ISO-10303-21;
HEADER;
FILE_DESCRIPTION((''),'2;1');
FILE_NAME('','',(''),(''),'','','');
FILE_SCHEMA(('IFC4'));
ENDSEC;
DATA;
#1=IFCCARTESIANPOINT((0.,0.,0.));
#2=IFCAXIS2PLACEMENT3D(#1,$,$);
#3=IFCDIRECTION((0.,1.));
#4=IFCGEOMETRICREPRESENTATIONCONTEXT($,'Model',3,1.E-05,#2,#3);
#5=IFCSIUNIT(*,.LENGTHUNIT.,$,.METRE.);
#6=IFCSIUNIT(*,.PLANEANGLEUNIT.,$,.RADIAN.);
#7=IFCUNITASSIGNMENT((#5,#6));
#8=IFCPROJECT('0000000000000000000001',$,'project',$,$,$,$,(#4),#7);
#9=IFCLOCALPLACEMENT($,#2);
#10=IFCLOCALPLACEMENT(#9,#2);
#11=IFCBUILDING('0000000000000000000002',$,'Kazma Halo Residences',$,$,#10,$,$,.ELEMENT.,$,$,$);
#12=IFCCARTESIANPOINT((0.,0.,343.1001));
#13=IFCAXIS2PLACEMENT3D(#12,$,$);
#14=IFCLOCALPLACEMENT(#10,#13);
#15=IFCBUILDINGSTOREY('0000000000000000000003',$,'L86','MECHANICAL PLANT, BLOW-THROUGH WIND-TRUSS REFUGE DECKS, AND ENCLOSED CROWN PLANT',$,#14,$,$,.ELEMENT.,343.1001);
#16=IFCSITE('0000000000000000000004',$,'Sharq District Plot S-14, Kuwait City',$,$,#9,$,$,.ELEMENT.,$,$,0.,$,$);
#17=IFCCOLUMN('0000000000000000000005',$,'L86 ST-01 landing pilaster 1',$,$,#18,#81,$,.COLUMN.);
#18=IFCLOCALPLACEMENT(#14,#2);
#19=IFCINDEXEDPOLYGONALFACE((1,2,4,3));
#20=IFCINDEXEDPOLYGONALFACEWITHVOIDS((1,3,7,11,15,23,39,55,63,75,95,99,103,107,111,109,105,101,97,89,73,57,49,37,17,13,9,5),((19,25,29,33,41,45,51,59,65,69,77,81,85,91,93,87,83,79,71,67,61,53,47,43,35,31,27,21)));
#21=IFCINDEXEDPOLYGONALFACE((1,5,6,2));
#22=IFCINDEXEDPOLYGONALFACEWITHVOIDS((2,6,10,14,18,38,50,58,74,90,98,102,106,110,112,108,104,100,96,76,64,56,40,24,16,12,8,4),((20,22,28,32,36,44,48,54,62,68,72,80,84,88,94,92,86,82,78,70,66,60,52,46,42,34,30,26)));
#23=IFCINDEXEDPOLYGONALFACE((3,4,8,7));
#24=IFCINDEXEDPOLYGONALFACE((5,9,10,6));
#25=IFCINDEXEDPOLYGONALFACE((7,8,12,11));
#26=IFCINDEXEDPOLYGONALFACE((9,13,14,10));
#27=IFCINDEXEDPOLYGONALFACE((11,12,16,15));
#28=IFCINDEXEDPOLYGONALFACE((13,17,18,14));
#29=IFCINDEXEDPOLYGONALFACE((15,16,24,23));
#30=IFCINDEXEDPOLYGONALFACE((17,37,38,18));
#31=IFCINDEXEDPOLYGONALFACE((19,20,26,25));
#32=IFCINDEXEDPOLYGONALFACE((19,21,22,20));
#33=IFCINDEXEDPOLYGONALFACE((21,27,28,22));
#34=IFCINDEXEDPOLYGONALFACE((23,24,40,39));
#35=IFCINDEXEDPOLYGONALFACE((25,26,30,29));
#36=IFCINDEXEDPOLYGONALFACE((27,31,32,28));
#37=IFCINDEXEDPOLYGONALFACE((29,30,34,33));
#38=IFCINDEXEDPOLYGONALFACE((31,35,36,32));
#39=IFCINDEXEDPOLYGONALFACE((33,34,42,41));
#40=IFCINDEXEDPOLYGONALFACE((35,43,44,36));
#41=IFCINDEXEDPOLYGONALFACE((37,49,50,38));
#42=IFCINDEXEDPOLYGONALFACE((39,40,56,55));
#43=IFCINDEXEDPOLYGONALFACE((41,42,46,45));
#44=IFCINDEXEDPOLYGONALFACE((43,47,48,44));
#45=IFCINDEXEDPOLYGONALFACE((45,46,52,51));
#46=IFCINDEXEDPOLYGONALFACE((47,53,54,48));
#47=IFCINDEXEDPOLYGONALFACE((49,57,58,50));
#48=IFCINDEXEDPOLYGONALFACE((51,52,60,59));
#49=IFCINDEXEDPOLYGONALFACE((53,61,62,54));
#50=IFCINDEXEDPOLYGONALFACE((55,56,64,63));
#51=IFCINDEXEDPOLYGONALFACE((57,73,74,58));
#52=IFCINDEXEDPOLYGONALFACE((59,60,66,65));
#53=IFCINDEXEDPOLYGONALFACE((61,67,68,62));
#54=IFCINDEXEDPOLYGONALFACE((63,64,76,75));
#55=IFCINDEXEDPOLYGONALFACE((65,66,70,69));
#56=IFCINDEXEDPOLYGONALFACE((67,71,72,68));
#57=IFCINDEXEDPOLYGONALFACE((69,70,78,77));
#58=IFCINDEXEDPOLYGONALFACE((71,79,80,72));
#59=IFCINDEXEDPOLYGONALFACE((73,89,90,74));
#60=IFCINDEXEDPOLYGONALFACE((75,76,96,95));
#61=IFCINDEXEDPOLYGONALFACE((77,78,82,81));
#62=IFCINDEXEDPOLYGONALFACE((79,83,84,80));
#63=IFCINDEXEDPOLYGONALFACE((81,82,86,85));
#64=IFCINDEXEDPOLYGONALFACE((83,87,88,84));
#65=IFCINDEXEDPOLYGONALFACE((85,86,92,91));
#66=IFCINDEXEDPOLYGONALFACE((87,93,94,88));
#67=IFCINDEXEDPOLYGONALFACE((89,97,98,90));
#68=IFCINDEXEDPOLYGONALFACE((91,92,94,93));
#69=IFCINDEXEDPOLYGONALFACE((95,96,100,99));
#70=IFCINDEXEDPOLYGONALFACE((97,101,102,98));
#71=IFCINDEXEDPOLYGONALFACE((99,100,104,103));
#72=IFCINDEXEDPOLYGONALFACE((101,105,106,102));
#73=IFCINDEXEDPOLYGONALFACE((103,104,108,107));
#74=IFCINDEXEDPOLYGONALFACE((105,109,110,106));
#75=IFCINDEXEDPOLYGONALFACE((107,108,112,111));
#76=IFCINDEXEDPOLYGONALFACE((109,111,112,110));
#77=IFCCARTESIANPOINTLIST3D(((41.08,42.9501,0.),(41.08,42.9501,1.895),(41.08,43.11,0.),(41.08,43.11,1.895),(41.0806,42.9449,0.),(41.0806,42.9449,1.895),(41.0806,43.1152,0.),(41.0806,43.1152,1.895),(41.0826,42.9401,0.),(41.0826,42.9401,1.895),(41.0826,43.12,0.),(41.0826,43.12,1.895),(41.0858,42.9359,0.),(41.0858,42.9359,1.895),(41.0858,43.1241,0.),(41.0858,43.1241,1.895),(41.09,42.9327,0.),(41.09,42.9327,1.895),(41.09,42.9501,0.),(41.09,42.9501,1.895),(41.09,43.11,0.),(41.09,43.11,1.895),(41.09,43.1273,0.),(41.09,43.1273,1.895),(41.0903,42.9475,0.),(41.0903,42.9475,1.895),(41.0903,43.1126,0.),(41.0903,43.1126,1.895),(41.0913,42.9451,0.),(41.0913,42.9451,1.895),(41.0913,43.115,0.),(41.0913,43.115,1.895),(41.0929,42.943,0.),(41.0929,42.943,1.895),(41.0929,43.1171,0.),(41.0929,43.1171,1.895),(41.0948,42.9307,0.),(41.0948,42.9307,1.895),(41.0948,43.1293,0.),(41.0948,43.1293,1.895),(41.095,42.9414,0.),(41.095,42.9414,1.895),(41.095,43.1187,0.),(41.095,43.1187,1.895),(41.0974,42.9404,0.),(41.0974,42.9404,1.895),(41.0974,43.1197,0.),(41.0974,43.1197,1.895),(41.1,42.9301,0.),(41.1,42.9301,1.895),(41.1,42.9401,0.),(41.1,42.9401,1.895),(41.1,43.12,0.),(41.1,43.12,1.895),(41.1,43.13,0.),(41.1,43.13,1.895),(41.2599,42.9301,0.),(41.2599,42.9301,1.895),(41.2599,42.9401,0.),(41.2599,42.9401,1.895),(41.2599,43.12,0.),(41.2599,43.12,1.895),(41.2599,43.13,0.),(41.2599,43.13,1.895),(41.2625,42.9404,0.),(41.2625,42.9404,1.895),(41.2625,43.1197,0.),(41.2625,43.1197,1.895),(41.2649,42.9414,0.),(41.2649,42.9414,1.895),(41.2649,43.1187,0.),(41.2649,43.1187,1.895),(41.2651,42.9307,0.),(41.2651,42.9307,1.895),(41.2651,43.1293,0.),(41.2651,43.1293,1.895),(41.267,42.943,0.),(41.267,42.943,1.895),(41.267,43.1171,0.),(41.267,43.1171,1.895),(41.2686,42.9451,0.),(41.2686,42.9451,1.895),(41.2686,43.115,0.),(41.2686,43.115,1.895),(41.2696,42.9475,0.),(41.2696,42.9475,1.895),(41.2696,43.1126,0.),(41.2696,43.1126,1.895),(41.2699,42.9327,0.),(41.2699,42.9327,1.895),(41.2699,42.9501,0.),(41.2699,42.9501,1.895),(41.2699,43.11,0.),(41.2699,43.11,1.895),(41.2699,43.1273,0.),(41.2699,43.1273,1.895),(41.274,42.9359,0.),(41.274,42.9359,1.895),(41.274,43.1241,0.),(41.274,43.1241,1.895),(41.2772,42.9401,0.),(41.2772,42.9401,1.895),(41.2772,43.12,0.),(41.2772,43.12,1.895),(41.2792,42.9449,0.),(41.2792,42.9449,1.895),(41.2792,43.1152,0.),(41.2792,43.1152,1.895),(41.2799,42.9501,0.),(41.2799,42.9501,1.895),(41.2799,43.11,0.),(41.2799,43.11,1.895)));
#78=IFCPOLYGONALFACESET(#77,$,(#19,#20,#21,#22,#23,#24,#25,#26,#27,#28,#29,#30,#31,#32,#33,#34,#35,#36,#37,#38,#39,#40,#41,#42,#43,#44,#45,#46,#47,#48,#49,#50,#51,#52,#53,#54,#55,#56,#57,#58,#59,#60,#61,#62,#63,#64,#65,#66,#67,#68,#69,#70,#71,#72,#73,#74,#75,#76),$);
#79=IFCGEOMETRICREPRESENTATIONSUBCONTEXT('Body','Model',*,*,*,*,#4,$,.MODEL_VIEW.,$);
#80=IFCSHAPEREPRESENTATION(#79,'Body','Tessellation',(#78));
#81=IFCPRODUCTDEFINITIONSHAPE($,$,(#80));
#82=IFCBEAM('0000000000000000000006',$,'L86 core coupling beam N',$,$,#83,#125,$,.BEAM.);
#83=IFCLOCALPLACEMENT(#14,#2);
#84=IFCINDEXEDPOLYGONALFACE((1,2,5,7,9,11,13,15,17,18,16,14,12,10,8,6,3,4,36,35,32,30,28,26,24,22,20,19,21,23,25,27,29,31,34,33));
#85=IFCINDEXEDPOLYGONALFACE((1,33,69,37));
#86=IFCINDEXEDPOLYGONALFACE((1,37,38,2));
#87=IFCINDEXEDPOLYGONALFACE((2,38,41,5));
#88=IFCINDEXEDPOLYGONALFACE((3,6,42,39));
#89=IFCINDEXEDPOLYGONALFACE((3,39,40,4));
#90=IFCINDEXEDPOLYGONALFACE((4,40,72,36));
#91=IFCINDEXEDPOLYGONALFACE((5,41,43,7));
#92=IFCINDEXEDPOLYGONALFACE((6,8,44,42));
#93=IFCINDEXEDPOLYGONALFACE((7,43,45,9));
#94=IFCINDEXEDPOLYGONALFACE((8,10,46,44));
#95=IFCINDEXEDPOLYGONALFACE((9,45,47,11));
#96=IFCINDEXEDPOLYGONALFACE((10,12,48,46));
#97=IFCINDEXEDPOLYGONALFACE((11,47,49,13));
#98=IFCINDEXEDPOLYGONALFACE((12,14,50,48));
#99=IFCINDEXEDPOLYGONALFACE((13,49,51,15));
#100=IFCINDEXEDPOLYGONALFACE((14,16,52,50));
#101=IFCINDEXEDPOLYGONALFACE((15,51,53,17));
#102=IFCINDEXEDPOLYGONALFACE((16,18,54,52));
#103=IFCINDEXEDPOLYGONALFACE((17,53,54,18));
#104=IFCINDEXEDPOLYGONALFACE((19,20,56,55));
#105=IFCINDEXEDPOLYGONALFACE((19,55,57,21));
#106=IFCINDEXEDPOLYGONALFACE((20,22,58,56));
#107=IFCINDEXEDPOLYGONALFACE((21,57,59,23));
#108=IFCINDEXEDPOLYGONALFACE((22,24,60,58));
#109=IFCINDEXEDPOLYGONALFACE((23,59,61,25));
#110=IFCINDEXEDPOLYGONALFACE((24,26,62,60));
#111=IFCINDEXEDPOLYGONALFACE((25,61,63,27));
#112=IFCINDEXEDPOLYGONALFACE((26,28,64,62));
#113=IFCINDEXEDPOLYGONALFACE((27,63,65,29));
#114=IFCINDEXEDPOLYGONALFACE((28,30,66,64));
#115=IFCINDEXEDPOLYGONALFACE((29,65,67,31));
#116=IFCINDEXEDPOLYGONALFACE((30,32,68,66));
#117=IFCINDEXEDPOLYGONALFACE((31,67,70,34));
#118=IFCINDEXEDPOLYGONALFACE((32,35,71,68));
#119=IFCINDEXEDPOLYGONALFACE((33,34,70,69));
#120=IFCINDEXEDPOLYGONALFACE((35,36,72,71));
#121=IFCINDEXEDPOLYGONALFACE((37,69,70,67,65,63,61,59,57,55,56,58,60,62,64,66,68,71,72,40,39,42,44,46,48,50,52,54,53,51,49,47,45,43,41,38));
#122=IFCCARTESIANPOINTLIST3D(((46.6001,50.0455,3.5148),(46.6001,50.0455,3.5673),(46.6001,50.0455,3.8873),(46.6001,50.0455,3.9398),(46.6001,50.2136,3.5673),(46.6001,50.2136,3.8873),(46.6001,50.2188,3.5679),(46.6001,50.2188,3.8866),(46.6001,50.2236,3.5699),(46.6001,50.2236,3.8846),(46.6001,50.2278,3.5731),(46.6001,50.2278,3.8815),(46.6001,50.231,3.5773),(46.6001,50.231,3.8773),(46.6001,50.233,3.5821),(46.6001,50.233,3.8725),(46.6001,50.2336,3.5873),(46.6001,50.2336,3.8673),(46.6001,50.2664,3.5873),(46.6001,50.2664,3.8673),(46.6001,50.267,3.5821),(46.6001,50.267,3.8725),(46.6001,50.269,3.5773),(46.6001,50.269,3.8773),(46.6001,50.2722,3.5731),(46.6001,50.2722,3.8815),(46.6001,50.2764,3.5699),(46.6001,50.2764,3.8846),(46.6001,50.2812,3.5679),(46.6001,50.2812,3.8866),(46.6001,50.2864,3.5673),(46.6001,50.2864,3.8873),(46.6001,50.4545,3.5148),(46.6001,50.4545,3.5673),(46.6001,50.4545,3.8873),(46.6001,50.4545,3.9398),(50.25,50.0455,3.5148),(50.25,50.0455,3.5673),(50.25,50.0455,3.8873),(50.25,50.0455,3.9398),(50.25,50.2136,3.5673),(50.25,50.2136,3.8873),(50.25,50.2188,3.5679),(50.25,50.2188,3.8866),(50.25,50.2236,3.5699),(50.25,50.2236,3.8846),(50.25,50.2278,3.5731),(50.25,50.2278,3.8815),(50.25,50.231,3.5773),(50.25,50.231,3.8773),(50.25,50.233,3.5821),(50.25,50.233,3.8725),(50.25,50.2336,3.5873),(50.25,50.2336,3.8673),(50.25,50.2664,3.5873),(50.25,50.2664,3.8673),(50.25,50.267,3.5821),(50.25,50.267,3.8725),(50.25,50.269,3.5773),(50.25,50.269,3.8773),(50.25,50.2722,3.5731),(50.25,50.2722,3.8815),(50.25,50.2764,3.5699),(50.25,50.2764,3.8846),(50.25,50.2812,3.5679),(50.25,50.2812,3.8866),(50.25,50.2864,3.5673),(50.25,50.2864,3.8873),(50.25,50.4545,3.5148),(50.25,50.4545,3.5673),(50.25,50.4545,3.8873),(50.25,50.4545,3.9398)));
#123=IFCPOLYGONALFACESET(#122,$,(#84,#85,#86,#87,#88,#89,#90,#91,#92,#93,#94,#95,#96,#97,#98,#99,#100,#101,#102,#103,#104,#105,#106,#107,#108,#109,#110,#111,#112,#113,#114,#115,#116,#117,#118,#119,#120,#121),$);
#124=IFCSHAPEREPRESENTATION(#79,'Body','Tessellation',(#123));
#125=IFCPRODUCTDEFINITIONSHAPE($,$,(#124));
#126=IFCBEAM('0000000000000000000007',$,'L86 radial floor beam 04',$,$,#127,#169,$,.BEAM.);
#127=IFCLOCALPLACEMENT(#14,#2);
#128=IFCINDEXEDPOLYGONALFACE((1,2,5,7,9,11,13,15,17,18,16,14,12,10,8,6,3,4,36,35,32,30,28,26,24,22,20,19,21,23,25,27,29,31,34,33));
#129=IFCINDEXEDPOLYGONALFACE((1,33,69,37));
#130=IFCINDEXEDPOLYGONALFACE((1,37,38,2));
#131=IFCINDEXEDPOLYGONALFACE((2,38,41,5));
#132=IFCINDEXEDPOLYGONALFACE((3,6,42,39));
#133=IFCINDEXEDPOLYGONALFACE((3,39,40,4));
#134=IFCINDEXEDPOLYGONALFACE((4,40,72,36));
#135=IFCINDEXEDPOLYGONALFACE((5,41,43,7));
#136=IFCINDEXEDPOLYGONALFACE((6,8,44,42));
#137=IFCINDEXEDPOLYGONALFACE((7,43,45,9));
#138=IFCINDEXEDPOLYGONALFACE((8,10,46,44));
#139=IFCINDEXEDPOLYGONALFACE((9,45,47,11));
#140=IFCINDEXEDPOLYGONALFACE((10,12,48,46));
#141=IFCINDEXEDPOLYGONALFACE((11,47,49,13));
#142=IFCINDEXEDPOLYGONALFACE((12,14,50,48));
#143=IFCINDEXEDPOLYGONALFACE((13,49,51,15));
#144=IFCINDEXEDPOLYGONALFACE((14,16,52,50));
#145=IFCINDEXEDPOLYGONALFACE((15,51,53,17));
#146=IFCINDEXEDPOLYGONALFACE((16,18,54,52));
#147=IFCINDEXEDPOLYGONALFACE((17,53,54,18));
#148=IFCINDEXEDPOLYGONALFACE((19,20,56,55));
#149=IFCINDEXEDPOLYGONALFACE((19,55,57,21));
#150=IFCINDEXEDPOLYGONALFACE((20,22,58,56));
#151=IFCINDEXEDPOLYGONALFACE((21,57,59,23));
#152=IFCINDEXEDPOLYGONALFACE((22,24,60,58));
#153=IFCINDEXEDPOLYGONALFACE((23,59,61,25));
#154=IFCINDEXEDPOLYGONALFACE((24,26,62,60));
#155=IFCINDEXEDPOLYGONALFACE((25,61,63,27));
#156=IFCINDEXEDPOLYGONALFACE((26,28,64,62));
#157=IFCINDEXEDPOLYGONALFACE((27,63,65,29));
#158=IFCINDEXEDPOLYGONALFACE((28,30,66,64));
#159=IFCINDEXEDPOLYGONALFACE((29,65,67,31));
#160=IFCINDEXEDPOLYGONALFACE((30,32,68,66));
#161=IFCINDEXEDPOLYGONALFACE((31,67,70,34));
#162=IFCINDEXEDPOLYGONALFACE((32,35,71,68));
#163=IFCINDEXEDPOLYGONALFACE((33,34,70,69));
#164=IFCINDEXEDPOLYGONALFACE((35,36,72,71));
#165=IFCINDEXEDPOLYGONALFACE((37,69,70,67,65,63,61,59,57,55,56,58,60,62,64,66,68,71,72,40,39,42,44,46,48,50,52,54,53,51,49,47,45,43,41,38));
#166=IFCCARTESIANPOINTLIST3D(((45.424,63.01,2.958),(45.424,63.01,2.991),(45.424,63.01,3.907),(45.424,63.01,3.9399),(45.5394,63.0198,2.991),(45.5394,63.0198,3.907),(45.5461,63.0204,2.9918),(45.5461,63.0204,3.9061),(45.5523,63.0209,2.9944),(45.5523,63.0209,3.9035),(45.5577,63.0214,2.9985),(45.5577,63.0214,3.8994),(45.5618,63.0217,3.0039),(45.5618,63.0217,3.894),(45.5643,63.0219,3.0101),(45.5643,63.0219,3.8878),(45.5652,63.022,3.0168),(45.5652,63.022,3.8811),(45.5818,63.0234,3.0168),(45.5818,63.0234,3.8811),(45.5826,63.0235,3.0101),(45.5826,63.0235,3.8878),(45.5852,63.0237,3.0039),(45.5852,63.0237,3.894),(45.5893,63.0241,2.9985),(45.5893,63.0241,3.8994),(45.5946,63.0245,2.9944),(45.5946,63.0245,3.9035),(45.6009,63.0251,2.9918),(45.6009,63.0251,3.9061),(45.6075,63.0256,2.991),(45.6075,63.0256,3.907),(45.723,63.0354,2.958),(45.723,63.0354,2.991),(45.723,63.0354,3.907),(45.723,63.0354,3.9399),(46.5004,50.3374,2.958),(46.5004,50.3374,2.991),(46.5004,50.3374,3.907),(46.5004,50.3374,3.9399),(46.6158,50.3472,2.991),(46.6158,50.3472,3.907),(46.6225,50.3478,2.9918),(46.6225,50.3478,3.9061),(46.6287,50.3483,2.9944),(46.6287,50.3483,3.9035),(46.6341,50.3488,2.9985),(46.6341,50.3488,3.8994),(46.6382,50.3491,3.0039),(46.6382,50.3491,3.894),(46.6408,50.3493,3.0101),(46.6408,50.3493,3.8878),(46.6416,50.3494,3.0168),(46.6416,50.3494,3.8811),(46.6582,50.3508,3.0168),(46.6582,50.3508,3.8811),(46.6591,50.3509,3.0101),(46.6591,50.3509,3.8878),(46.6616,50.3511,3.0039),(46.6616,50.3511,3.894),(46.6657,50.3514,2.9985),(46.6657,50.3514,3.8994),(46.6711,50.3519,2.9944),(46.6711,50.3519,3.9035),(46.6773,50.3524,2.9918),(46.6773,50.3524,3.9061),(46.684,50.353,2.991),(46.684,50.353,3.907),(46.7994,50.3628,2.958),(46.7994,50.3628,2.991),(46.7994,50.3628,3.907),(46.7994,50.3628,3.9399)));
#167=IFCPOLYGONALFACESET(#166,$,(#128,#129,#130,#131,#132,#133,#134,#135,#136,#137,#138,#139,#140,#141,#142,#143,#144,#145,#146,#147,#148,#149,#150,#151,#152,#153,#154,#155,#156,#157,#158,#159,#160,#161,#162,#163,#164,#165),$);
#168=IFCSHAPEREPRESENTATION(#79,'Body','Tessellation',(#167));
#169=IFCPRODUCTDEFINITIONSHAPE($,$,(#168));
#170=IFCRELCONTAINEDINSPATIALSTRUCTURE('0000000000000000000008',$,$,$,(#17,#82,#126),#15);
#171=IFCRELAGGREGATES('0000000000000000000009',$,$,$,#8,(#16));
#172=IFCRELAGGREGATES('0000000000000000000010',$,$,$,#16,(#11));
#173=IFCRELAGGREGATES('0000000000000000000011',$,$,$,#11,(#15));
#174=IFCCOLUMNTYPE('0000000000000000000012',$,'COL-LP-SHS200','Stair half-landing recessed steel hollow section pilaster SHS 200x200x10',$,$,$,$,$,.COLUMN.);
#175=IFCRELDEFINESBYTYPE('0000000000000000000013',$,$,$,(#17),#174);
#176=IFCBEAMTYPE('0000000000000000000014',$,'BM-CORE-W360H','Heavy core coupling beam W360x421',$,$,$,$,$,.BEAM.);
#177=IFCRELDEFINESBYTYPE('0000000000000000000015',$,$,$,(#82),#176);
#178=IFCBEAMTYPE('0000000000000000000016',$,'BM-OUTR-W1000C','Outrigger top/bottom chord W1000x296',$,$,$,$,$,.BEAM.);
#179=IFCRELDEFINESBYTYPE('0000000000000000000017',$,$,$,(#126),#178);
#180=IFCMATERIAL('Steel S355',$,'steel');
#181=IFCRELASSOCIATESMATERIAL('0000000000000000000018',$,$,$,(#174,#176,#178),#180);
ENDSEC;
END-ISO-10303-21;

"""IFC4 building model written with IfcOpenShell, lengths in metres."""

from ifc_helpers import new_model, si_unit, direction, frame, origin, origin_2d, place, context, subcontext, project, spatial, hollow_rectangle, i_section, extrude, material, material_profile, profile_set, type_object, element, save


model = new_model("IFC4")

# Units and contexts
model_context = context("Model", 3, precision=1e-05, world=origin(), true_north=direction((0.0, 1.0)))
body_context = subcontext(model_context, "Body", "Model", "MODEL_VIEW")
ifc_project = project(units=[si_unit("LENGTHUNIT", "METRE"), si_unit("PLANEANGLEUNIT", "RADIAN")], contexts=[model_context])

# Site, building, storey
site_placement = place(None, origin())
site = spatial("IfcSite", under=ifc_project, at=site_placement, Name="Sharq District Plot S-14, Kuwait City", CompositionType="ELEMENT", RefElevation=0.0)
building_placement = place(site_placement, origin())
building = spatial("IfcBuilding", under=site, at=building_placement, Name="Kazma Halo Residences", CompositionType="ELEMENT")
storey_placement = place(building_placement, frame((0.0, 0.0, 343.1001)))
storey = spatial("IfcBuildingStorey", under=building, at=storey_placement, Name="L86", Description="MECHANICAL PLANT, BLOW-THROUGH WIND-TRUSS REFUGE DECKS, AND ENCLOSED CROWN PLANT", CompositionType="ELEMENT", Elevation=343.1001)

# Column
ifc_material_1 = material(Name="Steel S355", Category="steel")
ifc_material_profile_1 = material_profile(ifc_material_1, hollow_rectangle(XDim=0.2, YDim=0.2, WallThickness=0.01, InnerFilletRadius=0.01, OuterFilletRadius=0.02, at=origin_2d()), Name="SHS200x200x10")
ifc_profile_set_1 = profile_set([ifc_material_profile_1], Name="Steel S355")
column_type = type_object("IfcColumnType", Name="COL-LP-SHS200", Description="Stair half-landing recessed steel hollow section pilaster SHS 200x200x10", PredefinedType="COLUMN", material=ifc_profile_set_1)
column_placement = place(storey_placement, frame((41.1799, 43.03, 0.0), z_axis=(0.0, 0.0, 1.0), x_axis=(1.0, 0.0, 0.0)))
element("IfcColumn", 1, at=column_placement, inside=storey, type_object=column_type, Name="L86 ST-01 landing pilaster 1", PredefinedType="COLUMN", context=body_context, shape_type="SweptSolid", body=[
    extrude(hollow_rectangle(XDim=0.2, YDim=0.2, WallThickness=0.01, InnerFilletRadius=0.01, OuterFilletRadius=0.02, at=origin_2d()), origin(), (0.0, 0.0, 1.0), 1.895),
])

# Beams
ifc_material_profile_2 = material_profile(ifc_material_1, i_section(OverallWidth=0.4089, OverallDepth=0.425, WebThickness=0.0327, FlangeThickness=0.0525, FilletRadius=0.02, at=origin_2d()), Name="W360x421")
ifc_profile_set_2 = profile_set([ifc_material_profile_2], Name="Steel S355")
beam_type_1 = type_object("IfcBeamType", Name="BM-CORE-W360H", Description="Heavy core coupling beam W360x421", PredefinedType="BEAM", material=ifc_profile_set_2)
beam_1_placement = place(storey_placement, frame((46.6001, 50.25, 3.7273), z_axis=(1.0, 0.0, 0.0), x_axis=(0.0, 1.0, 0.0)))
element("IfcBeam", 2, at=beam_1_placement, inside=storey, type_object=beam_type_1, Name="L86 core coupling beam N", PredefinedType="BEAM", context=body_context, shape_type="SweptSolid", body=[
    extrude(i_section(OverallWidth=0.4089, OverallDepth=0.425, WebThickness=0.0327, FlangeThickness=0.0525, FilletRadius=0.02, at=origin_2d()), origin(), (0.0, 0.0, 1.0), 3.6499),
])
ifc_material_profile_3 = material_profile(ifc_material_1, i_section(OverallWidth=0.3, OverallDepth=0.9819, WebThickness=0.0166, FlangeThickness=0.033, FilletRadius=0.0259, at=origin_2d()), Name="W1000x296")
ifc_profile_set_3 = profile_set([ifc_material_profile_3], Name="Steel S355")
beam_type_2 = type_object("IfcBeamType", Name="BM-OUTR-W1000C", Description="Outrigger top/bottom chord W1000x296", PredefinedType="BEAM", material=ifc_profile_set_3)
beam_2_placement = place(storey_placement, frame((46.6499, 50.3501, 3.449), z_axis=(-0.084636, 0.996412, 0.0), x_axis=(-0.996412, -0.084636, 0.0)))
element("IfcBeam", 3, at=beam_2_placement, inside=storey, type_object=beam_type_2, Name="L86 radial floor beam 04", PredefinedType="BEAM", context=body_context, shape_type="SweptSolid", body=[
    extrude(i_section(OverallWidth=0.3, OverallDepth=0.9819, WebThickness=0.0166, FlangeThickness=0.033, FilletRadius=0.0259, at=origin_2d()), origin(), (0.0, 0.0, 1.0), 12.7183),
])

save(model, "model.ifc")
